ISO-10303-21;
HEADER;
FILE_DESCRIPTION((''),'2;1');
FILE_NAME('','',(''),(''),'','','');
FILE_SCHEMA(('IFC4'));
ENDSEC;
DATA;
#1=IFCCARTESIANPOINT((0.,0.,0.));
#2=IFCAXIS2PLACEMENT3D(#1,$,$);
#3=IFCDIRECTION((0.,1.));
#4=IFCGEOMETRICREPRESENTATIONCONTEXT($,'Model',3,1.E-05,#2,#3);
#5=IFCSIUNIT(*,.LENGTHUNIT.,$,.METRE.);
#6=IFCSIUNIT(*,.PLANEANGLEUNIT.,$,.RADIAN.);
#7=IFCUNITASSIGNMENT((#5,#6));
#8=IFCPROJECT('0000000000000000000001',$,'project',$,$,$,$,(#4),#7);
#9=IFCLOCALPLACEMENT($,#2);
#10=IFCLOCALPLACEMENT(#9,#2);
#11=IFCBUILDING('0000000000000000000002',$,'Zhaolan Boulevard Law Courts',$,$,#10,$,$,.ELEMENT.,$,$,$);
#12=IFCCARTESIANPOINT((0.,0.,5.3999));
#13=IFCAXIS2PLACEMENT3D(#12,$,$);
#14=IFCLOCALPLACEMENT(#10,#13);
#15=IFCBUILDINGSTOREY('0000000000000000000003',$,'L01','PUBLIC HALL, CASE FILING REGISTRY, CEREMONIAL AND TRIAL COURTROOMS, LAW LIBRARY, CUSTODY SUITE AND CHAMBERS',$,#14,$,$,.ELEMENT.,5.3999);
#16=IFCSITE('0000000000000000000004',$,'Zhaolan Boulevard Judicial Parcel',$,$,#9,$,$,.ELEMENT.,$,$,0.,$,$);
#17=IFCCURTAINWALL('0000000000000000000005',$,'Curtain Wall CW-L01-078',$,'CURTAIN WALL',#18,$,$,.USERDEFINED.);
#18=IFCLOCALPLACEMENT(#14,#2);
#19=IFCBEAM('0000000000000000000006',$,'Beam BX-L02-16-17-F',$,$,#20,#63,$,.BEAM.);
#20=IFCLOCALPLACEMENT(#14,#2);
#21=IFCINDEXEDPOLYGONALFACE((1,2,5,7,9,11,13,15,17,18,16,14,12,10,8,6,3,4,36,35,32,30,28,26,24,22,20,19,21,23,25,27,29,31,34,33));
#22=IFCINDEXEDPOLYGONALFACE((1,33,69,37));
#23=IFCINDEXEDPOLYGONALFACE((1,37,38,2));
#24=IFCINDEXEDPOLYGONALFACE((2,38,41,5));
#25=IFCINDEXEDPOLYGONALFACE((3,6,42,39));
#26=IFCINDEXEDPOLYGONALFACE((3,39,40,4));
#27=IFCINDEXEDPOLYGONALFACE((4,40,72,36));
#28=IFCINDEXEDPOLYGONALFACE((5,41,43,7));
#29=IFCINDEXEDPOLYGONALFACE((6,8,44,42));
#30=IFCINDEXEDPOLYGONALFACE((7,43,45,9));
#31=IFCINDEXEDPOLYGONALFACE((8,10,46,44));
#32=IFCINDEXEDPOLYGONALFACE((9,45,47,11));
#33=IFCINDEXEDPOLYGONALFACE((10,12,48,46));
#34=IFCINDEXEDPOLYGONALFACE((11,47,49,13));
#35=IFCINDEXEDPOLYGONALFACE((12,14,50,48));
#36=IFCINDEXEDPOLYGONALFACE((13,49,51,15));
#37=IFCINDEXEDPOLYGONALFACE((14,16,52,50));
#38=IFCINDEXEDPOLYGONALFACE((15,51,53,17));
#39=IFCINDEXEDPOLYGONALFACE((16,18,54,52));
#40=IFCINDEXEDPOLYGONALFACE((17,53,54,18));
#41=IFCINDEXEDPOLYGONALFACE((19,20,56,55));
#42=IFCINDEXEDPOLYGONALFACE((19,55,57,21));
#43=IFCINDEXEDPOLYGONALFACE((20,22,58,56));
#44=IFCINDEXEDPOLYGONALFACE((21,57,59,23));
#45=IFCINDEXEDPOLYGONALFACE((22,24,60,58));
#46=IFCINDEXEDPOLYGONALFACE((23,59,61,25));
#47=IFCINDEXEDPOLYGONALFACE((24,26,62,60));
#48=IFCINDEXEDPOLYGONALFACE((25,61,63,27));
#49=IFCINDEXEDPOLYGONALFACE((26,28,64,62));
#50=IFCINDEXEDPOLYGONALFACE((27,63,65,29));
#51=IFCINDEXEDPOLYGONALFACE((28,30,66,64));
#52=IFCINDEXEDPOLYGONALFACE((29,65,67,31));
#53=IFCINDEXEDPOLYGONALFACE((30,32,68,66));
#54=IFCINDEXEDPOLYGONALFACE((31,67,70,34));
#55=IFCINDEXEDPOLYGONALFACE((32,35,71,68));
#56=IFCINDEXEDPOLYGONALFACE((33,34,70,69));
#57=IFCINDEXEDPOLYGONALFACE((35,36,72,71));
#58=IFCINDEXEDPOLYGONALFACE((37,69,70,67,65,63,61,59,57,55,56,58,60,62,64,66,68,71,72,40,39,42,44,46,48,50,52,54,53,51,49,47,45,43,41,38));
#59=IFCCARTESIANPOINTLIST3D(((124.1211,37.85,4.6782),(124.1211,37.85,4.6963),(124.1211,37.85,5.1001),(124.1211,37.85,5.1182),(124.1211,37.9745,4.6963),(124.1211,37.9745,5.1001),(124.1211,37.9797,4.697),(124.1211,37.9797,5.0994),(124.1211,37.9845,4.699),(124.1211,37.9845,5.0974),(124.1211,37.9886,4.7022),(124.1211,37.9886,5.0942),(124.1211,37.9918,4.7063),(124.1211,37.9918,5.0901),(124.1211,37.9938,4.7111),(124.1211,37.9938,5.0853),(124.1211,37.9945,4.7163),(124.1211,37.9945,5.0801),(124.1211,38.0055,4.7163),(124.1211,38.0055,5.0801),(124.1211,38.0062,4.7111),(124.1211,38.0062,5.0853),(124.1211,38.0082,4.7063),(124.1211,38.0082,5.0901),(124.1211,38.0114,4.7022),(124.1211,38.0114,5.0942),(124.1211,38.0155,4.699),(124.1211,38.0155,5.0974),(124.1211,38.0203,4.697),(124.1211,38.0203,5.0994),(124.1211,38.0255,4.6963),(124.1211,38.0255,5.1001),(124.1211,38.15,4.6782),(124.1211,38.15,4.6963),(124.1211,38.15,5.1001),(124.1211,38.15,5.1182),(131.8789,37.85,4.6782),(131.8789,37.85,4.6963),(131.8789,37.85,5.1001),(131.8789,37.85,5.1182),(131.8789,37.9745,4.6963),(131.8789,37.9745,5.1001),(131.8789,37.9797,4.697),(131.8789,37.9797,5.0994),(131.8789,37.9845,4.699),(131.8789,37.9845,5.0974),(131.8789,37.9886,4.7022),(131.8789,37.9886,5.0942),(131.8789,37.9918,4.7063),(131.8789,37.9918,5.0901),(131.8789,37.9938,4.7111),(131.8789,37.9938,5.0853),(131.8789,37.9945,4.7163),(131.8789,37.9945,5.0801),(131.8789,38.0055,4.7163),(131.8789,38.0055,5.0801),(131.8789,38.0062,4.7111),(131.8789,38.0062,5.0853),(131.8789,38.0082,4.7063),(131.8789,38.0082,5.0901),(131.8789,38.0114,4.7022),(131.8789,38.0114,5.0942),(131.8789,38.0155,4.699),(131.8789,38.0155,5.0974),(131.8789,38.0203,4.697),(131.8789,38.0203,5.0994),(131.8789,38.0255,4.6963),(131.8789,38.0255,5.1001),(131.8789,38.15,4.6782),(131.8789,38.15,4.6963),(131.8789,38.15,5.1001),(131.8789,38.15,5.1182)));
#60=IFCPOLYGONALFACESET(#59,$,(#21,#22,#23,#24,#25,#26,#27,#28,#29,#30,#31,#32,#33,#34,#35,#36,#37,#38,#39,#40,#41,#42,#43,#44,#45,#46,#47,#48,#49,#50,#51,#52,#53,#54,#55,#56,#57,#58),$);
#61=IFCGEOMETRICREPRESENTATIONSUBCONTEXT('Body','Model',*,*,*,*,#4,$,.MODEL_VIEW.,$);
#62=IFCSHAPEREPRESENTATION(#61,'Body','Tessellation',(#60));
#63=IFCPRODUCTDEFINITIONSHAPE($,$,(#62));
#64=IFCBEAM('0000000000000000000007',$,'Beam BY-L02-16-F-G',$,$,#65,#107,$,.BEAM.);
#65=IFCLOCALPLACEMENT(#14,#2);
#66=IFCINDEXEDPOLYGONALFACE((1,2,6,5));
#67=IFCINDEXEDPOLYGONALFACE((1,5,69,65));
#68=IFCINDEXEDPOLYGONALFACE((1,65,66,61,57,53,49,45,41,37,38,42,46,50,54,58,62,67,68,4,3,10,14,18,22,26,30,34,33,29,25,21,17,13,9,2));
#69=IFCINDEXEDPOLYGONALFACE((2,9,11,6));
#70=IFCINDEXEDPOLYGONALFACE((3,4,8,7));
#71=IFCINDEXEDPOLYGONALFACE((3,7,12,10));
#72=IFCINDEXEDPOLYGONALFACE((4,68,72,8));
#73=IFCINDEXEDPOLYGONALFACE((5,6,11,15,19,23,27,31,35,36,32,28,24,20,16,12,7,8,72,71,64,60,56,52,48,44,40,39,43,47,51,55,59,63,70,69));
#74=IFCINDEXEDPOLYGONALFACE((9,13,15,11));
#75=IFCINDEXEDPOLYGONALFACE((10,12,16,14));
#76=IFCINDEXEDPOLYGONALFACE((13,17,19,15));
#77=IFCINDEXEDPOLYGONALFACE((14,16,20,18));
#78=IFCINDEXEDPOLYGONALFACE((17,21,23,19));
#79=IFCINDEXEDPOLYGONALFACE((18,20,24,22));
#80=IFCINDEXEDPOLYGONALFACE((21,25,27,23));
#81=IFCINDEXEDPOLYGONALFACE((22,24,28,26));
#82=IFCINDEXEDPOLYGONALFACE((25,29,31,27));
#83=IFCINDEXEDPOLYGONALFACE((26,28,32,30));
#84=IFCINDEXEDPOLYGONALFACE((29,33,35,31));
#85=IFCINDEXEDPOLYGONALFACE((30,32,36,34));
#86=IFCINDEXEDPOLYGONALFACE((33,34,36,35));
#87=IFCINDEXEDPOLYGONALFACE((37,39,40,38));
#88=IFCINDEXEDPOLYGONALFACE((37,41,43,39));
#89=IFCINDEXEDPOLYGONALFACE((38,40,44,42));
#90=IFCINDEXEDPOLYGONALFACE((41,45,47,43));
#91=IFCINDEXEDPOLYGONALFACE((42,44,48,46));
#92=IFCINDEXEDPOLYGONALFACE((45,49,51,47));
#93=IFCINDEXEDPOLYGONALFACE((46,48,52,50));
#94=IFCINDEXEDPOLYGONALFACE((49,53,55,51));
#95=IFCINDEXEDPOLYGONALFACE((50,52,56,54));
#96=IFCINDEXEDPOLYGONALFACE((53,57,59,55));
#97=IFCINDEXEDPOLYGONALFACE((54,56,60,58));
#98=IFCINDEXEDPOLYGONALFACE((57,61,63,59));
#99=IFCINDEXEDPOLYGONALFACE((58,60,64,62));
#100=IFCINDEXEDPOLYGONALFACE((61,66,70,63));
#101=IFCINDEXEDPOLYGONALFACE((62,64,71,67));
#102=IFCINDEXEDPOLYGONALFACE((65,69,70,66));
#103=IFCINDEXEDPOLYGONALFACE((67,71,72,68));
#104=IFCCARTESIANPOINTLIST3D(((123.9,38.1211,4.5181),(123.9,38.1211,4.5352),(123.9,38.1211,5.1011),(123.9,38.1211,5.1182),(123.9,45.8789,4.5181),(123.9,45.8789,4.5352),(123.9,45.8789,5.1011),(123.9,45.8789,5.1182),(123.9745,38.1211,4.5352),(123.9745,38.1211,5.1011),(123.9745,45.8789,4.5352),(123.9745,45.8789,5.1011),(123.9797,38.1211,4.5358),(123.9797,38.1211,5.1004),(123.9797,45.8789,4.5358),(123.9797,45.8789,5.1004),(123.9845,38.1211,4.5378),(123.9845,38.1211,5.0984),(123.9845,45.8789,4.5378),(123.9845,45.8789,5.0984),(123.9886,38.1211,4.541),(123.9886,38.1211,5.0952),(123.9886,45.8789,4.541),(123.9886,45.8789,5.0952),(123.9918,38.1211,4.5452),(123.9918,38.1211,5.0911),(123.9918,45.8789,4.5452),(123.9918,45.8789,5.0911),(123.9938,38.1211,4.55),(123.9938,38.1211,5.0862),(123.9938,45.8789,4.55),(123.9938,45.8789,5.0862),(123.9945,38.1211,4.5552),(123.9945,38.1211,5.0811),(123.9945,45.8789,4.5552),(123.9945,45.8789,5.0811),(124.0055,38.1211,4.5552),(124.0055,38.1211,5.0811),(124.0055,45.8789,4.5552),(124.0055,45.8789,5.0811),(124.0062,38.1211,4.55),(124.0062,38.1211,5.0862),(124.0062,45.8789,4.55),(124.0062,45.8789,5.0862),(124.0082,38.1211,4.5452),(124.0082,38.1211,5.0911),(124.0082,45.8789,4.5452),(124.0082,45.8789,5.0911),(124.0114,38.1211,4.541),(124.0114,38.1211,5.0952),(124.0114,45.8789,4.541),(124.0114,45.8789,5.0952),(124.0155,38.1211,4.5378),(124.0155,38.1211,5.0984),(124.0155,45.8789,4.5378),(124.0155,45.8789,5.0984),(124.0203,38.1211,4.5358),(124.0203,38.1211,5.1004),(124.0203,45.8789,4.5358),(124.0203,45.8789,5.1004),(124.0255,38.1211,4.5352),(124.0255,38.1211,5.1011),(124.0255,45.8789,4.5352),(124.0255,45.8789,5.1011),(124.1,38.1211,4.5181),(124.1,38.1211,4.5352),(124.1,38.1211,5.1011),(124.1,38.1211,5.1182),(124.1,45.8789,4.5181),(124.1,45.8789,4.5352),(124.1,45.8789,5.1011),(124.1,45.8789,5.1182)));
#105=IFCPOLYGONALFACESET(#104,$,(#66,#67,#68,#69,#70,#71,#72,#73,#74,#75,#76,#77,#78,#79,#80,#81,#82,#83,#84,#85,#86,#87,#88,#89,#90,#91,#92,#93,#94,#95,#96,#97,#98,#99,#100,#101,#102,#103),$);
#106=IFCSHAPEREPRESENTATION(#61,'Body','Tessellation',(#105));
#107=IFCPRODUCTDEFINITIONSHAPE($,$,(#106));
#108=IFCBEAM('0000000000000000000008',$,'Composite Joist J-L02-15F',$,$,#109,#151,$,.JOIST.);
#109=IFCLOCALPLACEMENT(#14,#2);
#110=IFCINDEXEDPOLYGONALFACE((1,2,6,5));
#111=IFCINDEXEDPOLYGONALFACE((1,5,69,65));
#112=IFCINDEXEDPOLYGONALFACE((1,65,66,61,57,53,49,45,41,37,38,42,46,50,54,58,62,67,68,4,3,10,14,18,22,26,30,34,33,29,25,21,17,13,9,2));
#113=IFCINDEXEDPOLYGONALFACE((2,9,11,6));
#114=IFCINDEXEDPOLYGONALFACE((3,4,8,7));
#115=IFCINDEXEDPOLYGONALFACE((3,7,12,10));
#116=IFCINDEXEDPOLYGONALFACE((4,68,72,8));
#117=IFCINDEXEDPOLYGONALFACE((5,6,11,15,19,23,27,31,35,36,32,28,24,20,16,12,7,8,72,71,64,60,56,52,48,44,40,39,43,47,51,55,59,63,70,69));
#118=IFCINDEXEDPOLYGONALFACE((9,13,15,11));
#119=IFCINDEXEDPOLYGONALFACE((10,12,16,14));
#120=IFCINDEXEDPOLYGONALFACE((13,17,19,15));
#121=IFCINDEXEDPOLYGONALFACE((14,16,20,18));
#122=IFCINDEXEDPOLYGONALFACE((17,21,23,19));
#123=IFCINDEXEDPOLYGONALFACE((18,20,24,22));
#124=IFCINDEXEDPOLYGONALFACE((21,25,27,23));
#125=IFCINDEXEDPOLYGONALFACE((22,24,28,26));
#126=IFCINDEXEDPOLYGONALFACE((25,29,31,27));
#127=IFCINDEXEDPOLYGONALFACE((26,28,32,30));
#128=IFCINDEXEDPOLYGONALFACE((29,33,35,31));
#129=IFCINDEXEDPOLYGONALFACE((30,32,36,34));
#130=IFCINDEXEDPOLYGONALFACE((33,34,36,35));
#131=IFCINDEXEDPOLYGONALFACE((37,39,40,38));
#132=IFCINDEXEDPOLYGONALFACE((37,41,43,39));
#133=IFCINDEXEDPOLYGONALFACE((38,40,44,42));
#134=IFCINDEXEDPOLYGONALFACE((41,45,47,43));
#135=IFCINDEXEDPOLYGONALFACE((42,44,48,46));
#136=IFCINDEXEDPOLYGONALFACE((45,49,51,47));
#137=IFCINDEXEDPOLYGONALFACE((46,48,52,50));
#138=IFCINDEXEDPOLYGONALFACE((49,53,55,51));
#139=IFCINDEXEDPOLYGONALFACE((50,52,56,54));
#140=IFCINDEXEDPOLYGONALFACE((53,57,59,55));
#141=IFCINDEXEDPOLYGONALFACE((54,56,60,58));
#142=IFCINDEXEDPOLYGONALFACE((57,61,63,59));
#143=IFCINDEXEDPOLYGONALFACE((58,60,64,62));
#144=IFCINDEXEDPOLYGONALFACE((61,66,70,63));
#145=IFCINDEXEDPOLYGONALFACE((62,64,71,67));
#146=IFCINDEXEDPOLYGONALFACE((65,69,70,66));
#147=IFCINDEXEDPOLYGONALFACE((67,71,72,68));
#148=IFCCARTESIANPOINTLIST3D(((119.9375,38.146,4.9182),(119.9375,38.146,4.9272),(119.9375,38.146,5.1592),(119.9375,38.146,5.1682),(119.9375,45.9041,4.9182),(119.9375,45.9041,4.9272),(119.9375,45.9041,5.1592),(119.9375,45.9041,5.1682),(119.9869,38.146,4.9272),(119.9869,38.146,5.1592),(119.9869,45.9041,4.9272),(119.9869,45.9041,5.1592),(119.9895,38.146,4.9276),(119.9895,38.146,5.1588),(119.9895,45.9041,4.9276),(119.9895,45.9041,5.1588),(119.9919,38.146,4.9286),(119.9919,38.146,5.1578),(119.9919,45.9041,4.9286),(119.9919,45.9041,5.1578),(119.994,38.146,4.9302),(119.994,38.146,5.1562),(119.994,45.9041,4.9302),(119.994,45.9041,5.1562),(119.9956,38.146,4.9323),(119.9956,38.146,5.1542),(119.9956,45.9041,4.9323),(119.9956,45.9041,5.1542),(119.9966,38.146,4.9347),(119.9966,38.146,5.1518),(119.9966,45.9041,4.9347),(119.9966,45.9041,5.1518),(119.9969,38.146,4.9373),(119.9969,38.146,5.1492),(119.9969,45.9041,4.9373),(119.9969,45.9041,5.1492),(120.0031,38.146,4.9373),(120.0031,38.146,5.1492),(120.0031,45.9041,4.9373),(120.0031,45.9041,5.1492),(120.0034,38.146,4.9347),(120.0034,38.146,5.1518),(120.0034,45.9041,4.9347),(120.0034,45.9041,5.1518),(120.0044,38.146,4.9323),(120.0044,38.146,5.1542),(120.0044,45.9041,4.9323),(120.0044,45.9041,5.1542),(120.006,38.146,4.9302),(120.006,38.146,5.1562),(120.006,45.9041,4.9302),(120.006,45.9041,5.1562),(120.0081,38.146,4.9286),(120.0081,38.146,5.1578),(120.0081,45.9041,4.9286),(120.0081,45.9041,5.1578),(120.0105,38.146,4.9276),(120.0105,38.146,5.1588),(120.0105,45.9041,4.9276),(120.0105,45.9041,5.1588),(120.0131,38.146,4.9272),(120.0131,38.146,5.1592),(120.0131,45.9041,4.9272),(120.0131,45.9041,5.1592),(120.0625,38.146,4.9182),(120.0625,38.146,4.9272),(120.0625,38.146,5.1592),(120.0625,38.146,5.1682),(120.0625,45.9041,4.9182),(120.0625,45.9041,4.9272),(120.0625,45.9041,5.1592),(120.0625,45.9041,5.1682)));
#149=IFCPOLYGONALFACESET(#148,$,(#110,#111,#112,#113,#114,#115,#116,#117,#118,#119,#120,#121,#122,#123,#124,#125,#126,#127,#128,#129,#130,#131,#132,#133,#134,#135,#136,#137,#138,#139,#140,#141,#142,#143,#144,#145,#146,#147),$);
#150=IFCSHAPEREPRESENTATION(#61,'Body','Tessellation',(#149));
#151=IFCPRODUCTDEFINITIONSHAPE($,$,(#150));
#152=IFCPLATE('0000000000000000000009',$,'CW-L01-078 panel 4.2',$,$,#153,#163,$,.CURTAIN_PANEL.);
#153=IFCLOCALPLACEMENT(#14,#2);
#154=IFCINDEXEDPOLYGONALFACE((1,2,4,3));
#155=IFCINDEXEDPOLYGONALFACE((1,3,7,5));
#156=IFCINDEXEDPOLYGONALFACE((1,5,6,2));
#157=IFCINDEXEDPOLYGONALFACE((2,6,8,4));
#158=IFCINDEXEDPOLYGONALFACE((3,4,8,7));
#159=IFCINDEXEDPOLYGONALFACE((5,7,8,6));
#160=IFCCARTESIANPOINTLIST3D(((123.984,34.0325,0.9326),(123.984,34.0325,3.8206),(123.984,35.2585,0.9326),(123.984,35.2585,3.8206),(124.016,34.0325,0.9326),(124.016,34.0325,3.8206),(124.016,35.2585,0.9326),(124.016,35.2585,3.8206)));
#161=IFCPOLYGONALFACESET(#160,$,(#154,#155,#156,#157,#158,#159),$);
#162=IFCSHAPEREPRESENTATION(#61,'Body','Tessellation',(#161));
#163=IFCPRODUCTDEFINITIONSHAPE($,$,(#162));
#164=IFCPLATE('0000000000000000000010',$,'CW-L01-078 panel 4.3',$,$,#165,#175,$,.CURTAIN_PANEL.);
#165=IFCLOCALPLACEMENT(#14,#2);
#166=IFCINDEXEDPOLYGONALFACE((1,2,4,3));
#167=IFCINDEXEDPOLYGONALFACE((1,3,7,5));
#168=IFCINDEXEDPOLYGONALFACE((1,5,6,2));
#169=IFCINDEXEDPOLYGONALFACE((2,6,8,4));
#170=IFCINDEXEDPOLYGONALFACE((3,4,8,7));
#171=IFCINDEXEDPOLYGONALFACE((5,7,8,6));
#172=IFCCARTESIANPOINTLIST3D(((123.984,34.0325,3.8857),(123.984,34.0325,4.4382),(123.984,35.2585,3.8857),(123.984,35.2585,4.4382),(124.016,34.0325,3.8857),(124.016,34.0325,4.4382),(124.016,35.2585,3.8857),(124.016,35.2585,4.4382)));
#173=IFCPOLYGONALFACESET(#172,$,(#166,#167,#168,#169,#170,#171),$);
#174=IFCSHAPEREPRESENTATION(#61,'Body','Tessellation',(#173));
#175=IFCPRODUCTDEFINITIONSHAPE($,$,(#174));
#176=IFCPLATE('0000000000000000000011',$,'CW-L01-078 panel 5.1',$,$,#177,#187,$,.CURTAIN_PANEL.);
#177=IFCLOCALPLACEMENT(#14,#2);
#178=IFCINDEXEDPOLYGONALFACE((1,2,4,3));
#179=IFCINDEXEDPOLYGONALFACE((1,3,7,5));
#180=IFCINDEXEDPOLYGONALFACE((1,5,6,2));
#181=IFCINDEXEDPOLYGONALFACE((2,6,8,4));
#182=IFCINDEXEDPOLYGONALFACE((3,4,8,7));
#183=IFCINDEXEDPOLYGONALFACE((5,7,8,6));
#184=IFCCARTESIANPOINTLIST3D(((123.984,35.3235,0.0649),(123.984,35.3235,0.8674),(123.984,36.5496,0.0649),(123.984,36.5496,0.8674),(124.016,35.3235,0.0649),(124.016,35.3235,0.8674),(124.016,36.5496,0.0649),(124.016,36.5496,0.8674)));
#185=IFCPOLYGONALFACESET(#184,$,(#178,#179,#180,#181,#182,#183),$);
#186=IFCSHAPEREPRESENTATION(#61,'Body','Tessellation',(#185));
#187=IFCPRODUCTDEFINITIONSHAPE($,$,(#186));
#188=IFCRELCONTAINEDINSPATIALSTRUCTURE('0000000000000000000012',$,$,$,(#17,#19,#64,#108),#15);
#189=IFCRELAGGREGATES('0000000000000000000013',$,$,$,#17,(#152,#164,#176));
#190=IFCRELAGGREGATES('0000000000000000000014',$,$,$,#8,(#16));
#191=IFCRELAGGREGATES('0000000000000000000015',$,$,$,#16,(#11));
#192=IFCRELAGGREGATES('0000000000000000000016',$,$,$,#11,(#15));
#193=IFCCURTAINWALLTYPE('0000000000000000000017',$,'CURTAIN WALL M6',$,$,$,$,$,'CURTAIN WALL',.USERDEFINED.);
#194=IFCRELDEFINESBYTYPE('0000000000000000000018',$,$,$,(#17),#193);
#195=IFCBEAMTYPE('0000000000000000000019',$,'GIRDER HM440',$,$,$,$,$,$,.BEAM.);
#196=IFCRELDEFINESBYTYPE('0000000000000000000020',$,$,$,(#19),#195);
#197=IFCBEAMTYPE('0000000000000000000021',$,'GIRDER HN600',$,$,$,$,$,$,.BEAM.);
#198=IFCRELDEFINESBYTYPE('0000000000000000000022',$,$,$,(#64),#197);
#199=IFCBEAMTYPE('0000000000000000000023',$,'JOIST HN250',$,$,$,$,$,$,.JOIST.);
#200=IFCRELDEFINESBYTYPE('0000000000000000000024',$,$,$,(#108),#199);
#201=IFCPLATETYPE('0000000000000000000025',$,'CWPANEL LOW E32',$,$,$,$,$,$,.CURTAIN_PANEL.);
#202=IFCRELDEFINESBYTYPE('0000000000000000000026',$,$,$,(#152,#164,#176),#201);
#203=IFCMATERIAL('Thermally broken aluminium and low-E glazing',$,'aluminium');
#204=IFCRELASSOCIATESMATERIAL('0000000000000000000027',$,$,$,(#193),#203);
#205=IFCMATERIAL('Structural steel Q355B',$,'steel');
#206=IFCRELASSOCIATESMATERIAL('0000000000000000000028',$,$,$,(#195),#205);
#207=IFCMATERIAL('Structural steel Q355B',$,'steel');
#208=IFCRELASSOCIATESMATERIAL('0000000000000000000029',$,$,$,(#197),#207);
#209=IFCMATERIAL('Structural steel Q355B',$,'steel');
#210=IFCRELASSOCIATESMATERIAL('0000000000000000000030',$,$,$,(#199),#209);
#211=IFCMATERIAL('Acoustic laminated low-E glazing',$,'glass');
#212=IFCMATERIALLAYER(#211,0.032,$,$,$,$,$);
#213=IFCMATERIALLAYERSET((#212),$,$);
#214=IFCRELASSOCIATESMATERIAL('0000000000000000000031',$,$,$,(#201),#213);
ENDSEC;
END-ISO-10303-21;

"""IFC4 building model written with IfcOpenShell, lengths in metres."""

from ifc_helpers import new_model, si_unit, direction, frame, origin, origin_2d, place, context, subcontext, project, spatial, rectangle, i_section, extrude, material, layer, layer_set, material_profile, profile_set, type_object, element, aggregate, save


model = new_model("IFC4")

# Units and contexts
model_context = context("Model", 3, precision=1e-05, world=origin(), true_north=direction((0.0, 1.0)))
body_context = subcontext(model_context, "Body", "Model", "MODEL_VIEW")
ifc_project = project(units=[si_unit("LENGTHUNIT", "METRE"), si_unit("PLANEANGLEUNIT", "RADIAN")], contexts=[model_context])

# Site, building, storey
site_placement = place(None, origin())
site = spatial("IfcSite", under=ifc_project, at=site_placement, Name="Zhaolan Boulevard Judicial Parcel", CompositionType="ELEMENT", RefElevation=0.0)
building_placement = place(site_placement, origin())
building = spatial("IfcBuilding", under=site, at=building_placement, Name="Zhaolan Boulevard Law Courts", CompositionType="ELEMENT")
storey_placement = place(building_placement, frame((0.0, 0.0, 5.3999)))
storey = spatial("IfcBuildingStorey", under=building, at=storey_placement, Name="L01", Description="PUBLIC HALL, CASE FILING REGISTRY, CEREMONIAL AND TRIAL COURTROOMS, LAW LIBRARY, CUSTODY SUITE AND CHAMBERS", CompositionType="ELEMENT", Elevation=5.3999)

# Curtain wall
ifc_material_1 = material(Name="Thermally broken aluminium and low-E glazing", Category="aluminium")
curtain_wall_type_1 = type_object("IfcCurtainWallType", Name="CURTAIN WALL M6", ElementType="CURTAIN WALL", PredefinedType="USERDEFINED", material=ifc_material_1)
curtain_wall_1_placement = place(storey_placement, origin())
curtain_wall_1 = element("IfcCurtainWall", 1, at=curtain_wall_1_placement, inside=storey, type_object=curtain_wall_type_1, Name="Curtain Wall CW-L01-078", ObjectType="CURTAIN WALL", PredefinedType="USERDEFINED")

# Beams
ifc_material_2 = material(Name="Structural steel Q355B", Category="steel")
ifc_material_profile_1 = material_profile(ifc_material_2, i_section(OverallWidth=0.3, OverallDepth=0.4399, WebThickness=0.011, FlangeThickness=0.0181, FilletRadius=0.02, at=origin_2d()), Name="HM440x300")
ifc_profile_set_1 = profile_set([ifc_material_profile_1], Name="Structural steel Q355B")
beam_type_1 = type_object("IfcBeamType", Name="GIRDER HM440", PredefinedType="BEAM", material=ifc_profile_set_1)
for number, where, z_axis, x_axis, name in (
    (2, (124.1211, 38.0, 4.8982), (1.0, 0.0, 0.0), (0.0, 1.0, 0.0), "Beam BX-L02-16-17-F"),
):
    element("IfcBeam", number, at=place(storey_placement, frame(where, z_axis=z_axis, x_axis=x_axis)), inside=storey, type_object=beam_type_1, Name=name, PredefinedType="BEAM", context=body_context, shape_type="SweptSolid", body=[
        extrude(i_section(OverallWidth=0.3, OverallDepth=0.4399, WebThickness=0.011, FlangeThickness=0.0181, FilletRadius=0.02, at=origin_2d()), origin(), (0.0, 0.0, 1.0), 7.7578),
    ])
ifc_material_3 = material(Name="Structural steel Q355B", Category="steel")
ifc_material_profile_2 = material_profile(ifc_material_3, i_section(OverallWidth=0.2, OverallDepth=0.6001, WebThickness=0.011, FlangeThickness=0.0171, FilletRadius=0.02, at=origin_2d()), Name="HN600x200")
ifc_profile_set_2 = profile_set([ifc_material_profile_2], Name="Structural steel Q355B")
beam_type_2 = type_object("IfcBeamType", Name="GIRDER HN600", PredefinedType="BEAM", material=ifc_profile_set_2)
beam_1_placement = place(storey_placement, frame((124.0, 38.1211, 4.8181), z_axis=(0.0, 1.0, 0.0), x_axis=(-1.0, 0.0, 0.0)))
element("IfcBeam", 3, at=beam_1_placement, inside=storey, type_object=beam_type_2, Name="Beam BY-L02-16-F-G", PredefinedType="BEAM", context=body_context, shape_type="SweptSolid", body=[
    extrude(i_section(OverallWidth=0.2, OverallDepth=0.6001, WebThickness=0.011, FlangeThickness=0.0171, FilletRadius=0.02, at=origin_2d()), origin(), (0.0, 0.0, 1.0), 7.7578),
])
ifc_material_4 = material(Name="Structural steel Q355B", Category="steel")
ifc_material_profile_3 = material_profile(ifc_material_4, i_section(OverallWidth=0.125, OverallDepth=0.25, WebThickness=0.0061, FlangeThickness=0.009, FilletRadius=0.01, at=origin_2d()), Name="HN250x125")
ifc_profile_set_3 = profile_set([ifc_material_profile_3], Name="Structural steel Q355B")
beam_type_3 = type_object("IfcBeamType", Name="JOIST HN250", PredefinedType="JOIST", material=ifc_profile_set_3)
beam_2_placement = place(storey_placement, frame((120.0, 38.146, 5.0432), z_axis=(0.0, 1.0, 0.0), x_axis=(-1.0, 0.0, 0.0)))
element("IfcBeam", 4, at=beam_2_placement, inside=storey, type_object=beam_type_3, Name="Composite Joist J-L02-15F", PredefinedType="JOIST", context=body_context, shape_type="SweptSolid", body=[
    extrude(i_section(OverallWidth=0.125, OverallDepth=0.25, WebThickness=0.0061, FlangeThickness=0.009, FilletRadius=0.01, at=origin_2d()), origin(), (0.0, 0.0, 1.0), 7.7581),
])

# Plates
ifc_material_5 = material(Name="Acoustic laminated low-E glazing", Category="glass")
ifc_layer = layer(ifc_material_5, 0.032)
ifc_layer_set = layer_set([ifc_layer])
plate_type = type_object("IfcPlateType", Name="CWPANEL LOW E32", PredefinedType="CURTAIN_PANEL", material=ifc_layer_set)
plate_1_placement = place(storey_placement, frame((124.0, 34.6455, 0.9326), z_axis=(0.0, 0.0, 1.0), x_axis=(0.0, 1.0, 0.0)))
plate_1 = element("IfcPlate", 5, at=plate_1_placement, type_object=plate_type, Name="CW-L01-078 panel 4.2", PredefinedType="CURTAIN_PANEL", context=body_context, shape_type="SweptSolid", body=[
    extrude(rectangle(XDim=1.2261, YDim=0.032, at=origin_2d()), origin(), (0.0, 0.0, 1.0), 2.8879),
])
plate_2_placement = place(storey_placement, frame((124.0, 34.6455, 3.8857), z_axis=(0.0, 0.0, 1.0), x_axis=(0.0, 1.0, 0.0)))
plate_2 = element("IfcPlate", 6, at=plate_2_placement, type_object=plate_type, Name="CW-L01-078 panel 4.3", PredefinedType="CURTAIN_PANEL", context=body_context, shape_type="SweptSolid", body=[
    extrude(rectangle(XDim=1.2261, YDim=0.032, at=origin_2d()), origin(), (0.0, 0.0, 1.0), 0.5525),
])
plate_3_placement = place(storey_placement, frame((124.0, 35.9365, 0.0649), z_axis=(0.0, 0.0, 1.0), x_axis=(0.0, 1.0, 0.0)))
plate_3 = element("IfcPlate", 7, at=plate_3_placement, type_object=plate_type, Name="CW-L01-078 panel 5.1", PredefinedType="CURTAIN_PANEL", context=body_context, shape_type="SweptSolid", body=[
    extrude(rectangle(XDim=1.2261, YDim=0.032, at=origin_2d()), origin(), (0.0, 0.0, 1.0), 0.8025),
])
aggregate(curtain_wall_1, [plate_1, plate_2, plate_3])

save(model, "model.ifc")
